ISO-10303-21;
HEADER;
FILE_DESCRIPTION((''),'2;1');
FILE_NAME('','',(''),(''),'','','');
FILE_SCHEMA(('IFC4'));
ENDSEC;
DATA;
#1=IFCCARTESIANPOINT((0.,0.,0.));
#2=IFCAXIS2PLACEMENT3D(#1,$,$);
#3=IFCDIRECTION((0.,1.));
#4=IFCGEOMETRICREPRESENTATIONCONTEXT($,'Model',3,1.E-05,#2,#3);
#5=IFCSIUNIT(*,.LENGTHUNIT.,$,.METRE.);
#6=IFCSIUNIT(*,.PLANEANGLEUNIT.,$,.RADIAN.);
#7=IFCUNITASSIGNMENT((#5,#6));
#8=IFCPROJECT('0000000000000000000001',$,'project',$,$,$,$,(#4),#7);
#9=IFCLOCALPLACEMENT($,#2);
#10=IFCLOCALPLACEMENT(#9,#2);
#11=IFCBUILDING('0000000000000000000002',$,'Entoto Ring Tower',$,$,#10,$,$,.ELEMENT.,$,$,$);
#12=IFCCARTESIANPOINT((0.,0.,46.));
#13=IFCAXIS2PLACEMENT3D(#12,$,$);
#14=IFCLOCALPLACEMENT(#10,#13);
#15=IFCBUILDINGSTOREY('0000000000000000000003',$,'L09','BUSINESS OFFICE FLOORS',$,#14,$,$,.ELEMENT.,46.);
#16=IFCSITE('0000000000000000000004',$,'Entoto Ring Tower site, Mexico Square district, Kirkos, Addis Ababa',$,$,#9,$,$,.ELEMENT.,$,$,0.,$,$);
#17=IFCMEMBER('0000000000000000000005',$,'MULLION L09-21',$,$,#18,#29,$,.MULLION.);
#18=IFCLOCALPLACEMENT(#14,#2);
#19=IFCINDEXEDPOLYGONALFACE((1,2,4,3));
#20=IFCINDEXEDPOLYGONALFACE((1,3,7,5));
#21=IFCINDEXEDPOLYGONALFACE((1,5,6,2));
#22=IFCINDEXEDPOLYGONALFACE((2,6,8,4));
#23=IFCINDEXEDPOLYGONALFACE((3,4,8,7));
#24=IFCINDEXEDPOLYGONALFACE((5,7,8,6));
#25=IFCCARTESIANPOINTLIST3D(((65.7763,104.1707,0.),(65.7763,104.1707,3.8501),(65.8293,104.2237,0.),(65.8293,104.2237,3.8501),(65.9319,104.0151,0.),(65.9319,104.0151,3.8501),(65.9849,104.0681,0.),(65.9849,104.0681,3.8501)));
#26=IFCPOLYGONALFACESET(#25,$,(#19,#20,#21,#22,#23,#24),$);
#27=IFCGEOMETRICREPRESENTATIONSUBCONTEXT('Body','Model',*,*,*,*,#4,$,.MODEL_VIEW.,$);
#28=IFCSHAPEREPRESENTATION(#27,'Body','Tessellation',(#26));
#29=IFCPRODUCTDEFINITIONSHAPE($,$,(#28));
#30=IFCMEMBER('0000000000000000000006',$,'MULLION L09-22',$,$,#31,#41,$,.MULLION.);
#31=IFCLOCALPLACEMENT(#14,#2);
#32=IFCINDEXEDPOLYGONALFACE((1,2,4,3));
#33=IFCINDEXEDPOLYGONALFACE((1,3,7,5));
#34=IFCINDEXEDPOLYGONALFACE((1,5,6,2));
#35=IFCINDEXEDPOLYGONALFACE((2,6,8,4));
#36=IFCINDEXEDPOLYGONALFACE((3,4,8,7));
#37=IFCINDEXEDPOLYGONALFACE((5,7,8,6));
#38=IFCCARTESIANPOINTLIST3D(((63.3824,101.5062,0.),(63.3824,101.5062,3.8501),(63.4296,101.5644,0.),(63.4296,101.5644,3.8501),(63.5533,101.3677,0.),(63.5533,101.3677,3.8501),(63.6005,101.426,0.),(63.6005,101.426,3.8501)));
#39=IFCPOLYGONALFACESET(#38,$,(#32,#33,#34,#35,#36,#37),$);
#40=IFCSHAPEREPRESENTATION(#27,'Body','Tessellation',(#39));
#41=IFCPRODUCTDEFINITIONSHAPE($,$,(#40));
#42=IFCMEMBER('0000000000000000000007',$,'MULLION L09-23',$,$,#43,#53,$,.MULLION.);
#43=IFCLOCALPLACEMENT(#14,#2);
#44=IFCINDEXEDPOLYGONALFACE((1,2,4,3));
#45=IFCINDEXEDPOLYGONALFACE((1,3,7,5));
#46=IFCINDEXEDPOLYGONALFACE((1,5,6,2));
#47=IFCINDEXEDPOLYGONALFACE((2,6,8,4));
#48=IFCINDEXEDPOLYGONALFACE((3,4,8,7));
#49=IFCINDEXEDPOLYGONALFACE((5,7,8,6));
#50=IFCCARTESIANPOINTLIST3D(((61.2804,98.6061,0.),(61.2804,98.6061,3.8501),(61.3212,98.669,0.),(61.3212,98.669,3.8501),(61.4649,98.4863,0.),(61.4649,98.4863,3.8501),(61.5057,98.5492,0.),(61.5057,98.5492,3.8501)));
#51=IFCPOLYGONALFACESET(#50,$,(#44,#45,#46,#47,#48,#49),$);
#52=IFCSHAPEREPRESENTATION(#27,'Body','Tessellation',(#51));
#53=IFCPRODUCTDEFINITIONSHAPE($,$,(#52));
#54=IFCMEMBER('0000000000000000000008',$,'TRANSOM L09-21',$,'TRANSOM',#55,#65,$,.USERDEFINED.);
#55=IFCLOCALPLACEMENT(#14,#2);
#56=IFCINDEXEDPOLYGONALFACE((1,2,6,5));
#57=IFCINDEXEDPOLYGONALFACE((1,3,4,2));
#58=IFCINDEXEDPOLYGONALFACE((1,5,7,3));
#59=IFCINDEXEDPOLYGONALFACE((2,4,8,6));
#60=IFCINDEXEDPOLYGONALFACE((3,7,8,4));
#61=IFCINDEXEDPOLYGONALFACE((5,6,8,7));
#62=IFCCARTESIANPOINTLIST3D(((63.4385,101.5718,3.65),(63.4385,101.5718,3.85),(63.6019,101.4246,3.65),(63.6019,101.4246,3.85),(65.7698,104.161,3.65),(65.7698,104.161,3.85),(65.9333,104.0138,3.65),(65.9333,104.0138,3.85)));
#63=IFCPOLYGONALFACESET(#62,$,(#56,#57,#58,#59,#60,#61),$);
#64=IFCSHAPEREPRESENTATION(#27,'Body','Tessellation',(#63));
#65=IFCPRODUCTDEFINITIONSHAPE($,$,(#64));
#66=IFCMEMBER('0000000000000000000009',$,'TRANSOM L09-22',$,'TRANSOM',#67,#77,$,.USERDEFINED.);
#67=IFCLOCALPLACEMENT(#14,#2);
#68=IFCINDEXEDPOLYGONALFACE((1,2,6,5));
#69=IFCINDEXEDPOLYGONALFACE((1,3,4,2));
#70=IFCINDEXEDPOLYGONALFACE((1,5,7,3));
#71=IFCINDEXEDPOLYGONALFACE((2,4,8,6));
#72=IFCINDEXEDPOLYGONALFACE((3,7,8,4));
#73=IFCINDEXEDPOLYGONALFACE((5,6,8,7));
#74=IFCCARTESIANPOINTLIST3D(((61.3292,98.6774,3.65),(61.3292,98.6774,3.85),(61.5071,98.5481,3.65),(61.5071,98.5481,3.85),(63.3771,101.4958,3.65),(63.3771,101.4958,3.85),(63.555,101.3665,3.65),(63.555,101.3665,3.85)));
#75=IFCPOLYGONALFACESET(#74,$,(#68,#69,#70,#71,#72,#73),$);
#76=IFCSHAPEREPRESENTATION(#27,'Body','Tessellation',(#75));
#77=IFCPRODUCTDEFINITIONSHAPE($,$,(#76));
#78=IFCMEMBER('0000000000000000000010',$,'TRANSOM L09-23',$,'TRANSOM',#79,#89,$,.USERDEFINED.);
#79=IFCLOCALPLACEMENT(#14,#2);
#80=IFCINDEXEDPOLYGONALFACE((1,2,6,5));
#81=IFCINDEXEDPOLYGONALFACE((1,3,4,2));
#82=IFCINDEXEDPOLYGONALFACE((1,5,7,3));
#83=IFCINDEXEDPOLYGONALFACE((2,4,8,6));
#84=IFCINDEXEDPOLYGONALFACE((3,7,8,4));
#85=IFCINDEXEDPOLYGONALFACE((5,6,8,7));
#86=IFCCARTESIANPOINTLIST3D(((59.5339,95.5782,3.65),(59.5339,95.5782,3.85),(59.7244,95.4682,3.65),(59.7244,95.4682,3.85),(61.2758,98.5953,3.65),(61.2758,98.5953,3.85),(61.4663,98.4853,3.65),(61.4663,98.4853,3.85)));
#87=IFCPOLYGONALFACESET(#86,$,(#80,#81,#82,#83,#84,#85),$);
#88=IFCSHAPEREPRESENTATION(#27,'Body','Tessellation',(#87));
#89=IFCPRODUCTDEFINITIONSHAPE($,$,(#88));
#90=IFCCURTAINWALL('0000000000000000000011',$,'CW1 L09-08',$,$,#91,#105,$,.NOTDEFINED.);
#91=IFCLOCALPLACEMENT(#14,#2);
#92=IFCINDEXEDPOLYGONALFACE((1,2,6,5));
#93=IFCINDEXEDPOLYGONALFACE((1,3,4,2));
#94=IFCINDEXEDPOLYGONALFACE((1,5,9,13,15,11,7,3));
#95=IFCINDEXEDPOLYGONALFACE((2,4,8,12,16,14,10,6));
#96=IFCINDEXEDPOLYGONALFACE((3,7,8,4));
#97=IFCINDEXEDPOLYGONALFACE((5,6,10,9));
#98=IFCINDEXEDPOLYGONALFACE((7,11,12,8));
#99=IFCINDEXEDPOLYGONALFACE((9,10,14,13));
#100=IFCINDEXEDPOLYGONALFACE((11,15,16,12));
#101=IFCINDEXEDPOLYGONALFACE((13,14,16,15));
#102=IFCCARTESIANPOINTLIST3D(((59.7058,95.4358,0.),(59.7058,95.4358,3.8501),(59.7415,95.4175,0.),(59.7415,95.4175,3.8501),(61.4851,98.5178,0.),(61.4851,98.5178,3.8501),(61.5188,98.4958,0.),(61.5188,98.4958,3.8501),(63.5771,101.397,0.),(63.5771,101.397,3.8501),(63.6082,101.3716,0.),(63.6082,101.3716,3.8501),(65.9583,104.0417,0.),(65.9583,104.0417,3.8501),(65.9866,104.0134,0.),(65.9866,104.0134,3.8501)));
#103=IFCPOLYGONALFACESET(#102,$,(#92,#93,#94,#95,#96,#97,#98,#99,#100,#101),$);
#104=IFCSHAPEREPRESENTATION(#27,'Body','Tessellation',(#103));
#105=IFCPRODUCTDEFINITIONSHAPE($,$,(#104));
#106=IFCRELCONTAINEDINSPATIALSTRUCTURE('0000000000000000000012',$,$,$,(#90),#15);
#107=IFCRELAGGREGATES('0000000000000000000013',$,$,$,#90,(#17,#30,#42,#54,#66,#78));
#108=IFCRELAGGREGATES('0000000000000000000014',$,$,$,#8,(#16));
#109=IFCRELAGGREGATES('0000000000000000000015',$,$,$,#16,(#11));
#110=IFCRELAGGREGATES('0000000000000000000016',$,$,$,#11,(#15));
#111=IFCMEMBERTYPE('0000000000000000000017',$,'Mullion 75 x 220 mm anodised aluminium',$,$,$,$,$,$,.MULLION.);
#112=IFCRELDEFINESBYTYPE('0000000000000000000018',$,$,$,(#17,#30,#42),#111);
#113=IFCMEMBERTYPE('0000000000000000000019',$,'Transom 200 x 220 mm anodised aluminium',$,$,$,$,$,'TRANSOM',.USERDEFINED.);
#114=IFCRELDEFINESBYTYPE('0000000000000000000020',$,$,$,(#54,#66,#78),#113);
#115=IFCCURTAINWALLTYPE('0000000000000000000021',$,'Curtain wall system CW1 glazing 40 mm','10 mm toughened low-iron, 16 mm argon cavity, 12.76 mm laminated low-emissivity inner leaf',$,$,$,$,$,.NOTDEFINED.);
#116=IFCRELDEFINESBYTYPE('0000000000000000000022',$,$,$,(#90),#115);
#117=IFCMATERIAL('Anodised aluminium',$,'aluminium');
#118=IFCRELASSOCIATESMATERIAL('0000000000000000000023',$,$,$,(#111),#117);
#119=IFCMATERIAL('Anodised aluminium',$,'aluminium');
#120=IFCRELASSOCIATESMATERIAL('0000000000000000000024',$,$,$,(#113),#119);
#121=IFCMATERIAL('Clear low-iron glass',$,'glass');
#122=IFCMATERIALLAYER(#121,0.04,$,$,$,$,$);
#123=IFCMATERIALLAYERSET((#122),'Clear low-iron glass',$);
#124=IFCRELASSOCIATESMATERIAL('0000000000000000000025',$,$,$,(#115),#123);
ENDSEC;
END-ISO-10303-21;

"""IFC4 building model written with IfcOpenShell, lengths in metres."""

from ifc_helpers import new_model, si_unit, direction, frame, origin, origin_2d, place, context, subcontext, project, spatial, polyline, rectangle, outline, extrude, material, layer, layer_set, material_profile, profile_set, type_object, element, aggregate, save


model = new_model("IFC4")

# Units and contexts
model_context = context("Model", 3, precision=1e-05, world=origin(), true_north=direction((0.0, 1.0)))
body_context = subcontext(model_context, "Body", "Model", "MODEL_VIEW")
ifc_project = project(units=[si_unit("LENGTHUNIT", "METRE"), si_unit("PLANEANGLEUNIT", "RADIAN")], contexts=[model_context])

# Members
ifc_material_1 = material(Name="Anodised aluminium", Category="aluminium")
ifc_material_profile_1 = material_profile(ifc_material_1, rectangle(XDim=0.075, YDim=0.22, at=origin_2d()), Name="Mullion 75 x 220 mm anodised aluminium")
ifc_profile_set_1 = profile_set([ifc_material_profile_1], Name="Anodised aluminium")
member_type_1 = type_object("IfcMemberType", Name="Mullion 75 x 220 mm anodised aluminium", PredefinedType="MULLION", material=ifc_profile_set_1)
site_placement = place(None, origin())
building_placement = place(site_placement, origin())
storey_placement = place(building_placement, frame((0.0, 0.0, 46.0)))
member_1_placement = place(storey_placement, frame((65.8806, 104.1194, 0.0), z_axis=(0.0, 0.0, 1.0), x_axis=(-0.707107, -0.707107, 0.0)))
member_1 = element("IfcMember", 1, at=member_1_placement, type_object=member_type_1, Name="MULLION L09-21", PredefinedType="MULLION", context=body_context, shape_type="SweptSolid", body=[
    extrude(rectangle(XDim=0.075, YDim=0.22, at=origin_2d()), origin(), (0.0, 0.0, 1.0), 3.8501),
])
member_2_placement = place(storey_placement, frame((63.4915, 101.4661, 0.0), z_axis=(0.0, 0.0, 1.0), x_axis=(-0.62932, -0.777146, 0.0)))
member_2 = element("IfcMember", 2, at=member_2_placement, type_object=member_type_1, Name="MULLION L09-22", PredefinedType="MULLION", context=body_context, shape_type="SweptSolid", body=[
    extrude(rectangle(XDim=0.075, YDim=0.22, at=origin_2d()), origin(), (0.0, 0.0, 1.0), 3.8501),
])
member_3_placement = place(storey_placement, frame((61.3931, 98.5776, 0.0), z_axis=(0.0, 0.0, 1.0), x_axis=(-0.544639, -0.838671, 0.0)))
member_3 = element("IfcMember", 3, at=member_3_placement, type_object=member_type_1, Name="MULLION L09-23", PredefinedType="MULLION", context=body_context, shape_type="SweptSolid", body=[
    extrude(rectangle(XDim=0.075, YDim=0.22, at=origin_2d()), origin(), (0.0, 0.0, 1.0), 3.8501),
])
ifc_material_2 = material(Name="Anodised aluminium", Category="aluminium")
ifc_material_profile_2 = material_profile(ifc_material_2, rectangle(XDim=0.22, YDim=0.2, at=origin_2d()), Name="Transom 200 x 220 mm anodised aluminium")
ifc_profile_set_2 = profile_set([ifc_material_profile_2], Name="Anodised aluminium")
member_type_2 = type_object("IfcMemberType", Name="Transom 200 x 220 mm anodised aluminium", ElementType="TRANSOM", PredefinedType="USERDEFINED", material=ifc_profile_set_2)
member_4_placement = place(storey_placement, frame((65.8516, 104.0874, 3.75), z_axis=(-0.669139, -0.743137, 0.0), x_axis=(0.743137, -0.669139, 0.0)))
member_4 = element("IfcMember", 4, at=member_4_placement, type_object=member_type_2, Name="TRANSOM L09-21", ObjectType="TRANSOM", PredefinedType="USERDEFINED", context=body_context, shape_type="SweptSolid", body=[
    extrude(rectangle(XDim=0.22, YDim=0.2, at=origin_2d()), origin(), (0.0, 0.0, 1.0), 3.4841),
])
member_5_placement = place(storey_placement, frame((63.4661, 101.4312, 3.75), z_axis=(-0.587822, -0.808991, 0.0), x_axis=(0.808991, -0.587822, 0.0)))
member_5 = element("IfcMember", 5, at=member_5_placement, type_object=member_type_2, Name="TRANSOM L09-22", ObjectType="TRANSOM", PredefinedType="USERDEFINED", context=body_context, shape_type="SweptSolid", body=[
    extrude(rectangle(XDim=0.22, YDim=0.2, at=origin_2d()), origin(), (0.0, 0.0, 1.0), 3.4839),
])
member_6_placement = place(storey_placement, frame((61.3711, 98.5403, 3.75), z_axis=(-0.500006, -0.866022, 0.0), x_axis=(0.866022, -0.500006, 0.0)))
member_6 = element("IfcMember", 6, at=member_6_placement, type_object=member_type_2, Name="TRANSOM L09-23", ObjectType="TRANSOM", PredefinedType="USERDEFINED", context=body_context, shape_type="SweptSolid", body=[
    extrude(rectangle(XDim=0.22, YDim=0.2, at=origin_2d()), origin(), (0.0, 0.0, 1.0), 3.4839),
])

# Site, building, storey
site = spatial("IfcSite", under=ifc_project, at=site_placement, Name="Entoto Ring Tower site, Mexico Square district, Kirkos, Addis Ababa", CompositionType="ELEMENT", RefElevation=0.0)
building = spatial("IfcBuilding", under=site, at=building_placement, Name="Entoto Ring Tower", CompositionType="ELEMENT")
storey = spatial("IfcBuildingStorey", under=building, at=storey_placement, Name="L09", Description="BUSINESS OFFICE FLOORS", CompositionType="ELEMENT", Elevation=46.0)

# Curtain wall
ifc_material_3 = material(Name="Clear low-iron glass", Category="glass")
ifc_layer = layer(ifc_material_3, 0.04)
ifc_layer_set = layer_set([ifc_layer], Name="Clear low-iron glass")
curtain_wall_type = type_object("IfcCurtainWallType", Name="Curtain wall system CW1 glazing 40 mm", Description="10 mm toughened low-iron, 16 mm argon cavity, 12.76 mm laminated low-emissivity inner leaf", PredefinedType="NOTDEFINED", material=ifc_layer_set)
curtain_wall_1_placement = place(storey_placement, origin())
curtain_wall_1 = element("IfcCurtainWall", 7, at=curtain_wall_1_placement, inside=storey, type_object=curtain_wall_type, Name="CW1 L09-08", PredefinedType="NOTDEFINED", context=body_context, shape_type="SweptSolid", body=[
    extrude(outline(polyline([(65.9583, 104.0417), (63.5771, 101.397), (61.4851, 98.5178), (59.7058, 95.4358), (59.7415, 95.4175), (61.5188, 98.4958), (63.6082, 101.3716), (65.9866, 104.0134), (65.9583, 104.0417)])), origin(), (0.0, 0.0, 1.0), 3.8501),
])
aggregate(curtain_wall_1, [member_1, member_2, member_3, member_4, member_5, member_6])

save(model, "model.ifc")
